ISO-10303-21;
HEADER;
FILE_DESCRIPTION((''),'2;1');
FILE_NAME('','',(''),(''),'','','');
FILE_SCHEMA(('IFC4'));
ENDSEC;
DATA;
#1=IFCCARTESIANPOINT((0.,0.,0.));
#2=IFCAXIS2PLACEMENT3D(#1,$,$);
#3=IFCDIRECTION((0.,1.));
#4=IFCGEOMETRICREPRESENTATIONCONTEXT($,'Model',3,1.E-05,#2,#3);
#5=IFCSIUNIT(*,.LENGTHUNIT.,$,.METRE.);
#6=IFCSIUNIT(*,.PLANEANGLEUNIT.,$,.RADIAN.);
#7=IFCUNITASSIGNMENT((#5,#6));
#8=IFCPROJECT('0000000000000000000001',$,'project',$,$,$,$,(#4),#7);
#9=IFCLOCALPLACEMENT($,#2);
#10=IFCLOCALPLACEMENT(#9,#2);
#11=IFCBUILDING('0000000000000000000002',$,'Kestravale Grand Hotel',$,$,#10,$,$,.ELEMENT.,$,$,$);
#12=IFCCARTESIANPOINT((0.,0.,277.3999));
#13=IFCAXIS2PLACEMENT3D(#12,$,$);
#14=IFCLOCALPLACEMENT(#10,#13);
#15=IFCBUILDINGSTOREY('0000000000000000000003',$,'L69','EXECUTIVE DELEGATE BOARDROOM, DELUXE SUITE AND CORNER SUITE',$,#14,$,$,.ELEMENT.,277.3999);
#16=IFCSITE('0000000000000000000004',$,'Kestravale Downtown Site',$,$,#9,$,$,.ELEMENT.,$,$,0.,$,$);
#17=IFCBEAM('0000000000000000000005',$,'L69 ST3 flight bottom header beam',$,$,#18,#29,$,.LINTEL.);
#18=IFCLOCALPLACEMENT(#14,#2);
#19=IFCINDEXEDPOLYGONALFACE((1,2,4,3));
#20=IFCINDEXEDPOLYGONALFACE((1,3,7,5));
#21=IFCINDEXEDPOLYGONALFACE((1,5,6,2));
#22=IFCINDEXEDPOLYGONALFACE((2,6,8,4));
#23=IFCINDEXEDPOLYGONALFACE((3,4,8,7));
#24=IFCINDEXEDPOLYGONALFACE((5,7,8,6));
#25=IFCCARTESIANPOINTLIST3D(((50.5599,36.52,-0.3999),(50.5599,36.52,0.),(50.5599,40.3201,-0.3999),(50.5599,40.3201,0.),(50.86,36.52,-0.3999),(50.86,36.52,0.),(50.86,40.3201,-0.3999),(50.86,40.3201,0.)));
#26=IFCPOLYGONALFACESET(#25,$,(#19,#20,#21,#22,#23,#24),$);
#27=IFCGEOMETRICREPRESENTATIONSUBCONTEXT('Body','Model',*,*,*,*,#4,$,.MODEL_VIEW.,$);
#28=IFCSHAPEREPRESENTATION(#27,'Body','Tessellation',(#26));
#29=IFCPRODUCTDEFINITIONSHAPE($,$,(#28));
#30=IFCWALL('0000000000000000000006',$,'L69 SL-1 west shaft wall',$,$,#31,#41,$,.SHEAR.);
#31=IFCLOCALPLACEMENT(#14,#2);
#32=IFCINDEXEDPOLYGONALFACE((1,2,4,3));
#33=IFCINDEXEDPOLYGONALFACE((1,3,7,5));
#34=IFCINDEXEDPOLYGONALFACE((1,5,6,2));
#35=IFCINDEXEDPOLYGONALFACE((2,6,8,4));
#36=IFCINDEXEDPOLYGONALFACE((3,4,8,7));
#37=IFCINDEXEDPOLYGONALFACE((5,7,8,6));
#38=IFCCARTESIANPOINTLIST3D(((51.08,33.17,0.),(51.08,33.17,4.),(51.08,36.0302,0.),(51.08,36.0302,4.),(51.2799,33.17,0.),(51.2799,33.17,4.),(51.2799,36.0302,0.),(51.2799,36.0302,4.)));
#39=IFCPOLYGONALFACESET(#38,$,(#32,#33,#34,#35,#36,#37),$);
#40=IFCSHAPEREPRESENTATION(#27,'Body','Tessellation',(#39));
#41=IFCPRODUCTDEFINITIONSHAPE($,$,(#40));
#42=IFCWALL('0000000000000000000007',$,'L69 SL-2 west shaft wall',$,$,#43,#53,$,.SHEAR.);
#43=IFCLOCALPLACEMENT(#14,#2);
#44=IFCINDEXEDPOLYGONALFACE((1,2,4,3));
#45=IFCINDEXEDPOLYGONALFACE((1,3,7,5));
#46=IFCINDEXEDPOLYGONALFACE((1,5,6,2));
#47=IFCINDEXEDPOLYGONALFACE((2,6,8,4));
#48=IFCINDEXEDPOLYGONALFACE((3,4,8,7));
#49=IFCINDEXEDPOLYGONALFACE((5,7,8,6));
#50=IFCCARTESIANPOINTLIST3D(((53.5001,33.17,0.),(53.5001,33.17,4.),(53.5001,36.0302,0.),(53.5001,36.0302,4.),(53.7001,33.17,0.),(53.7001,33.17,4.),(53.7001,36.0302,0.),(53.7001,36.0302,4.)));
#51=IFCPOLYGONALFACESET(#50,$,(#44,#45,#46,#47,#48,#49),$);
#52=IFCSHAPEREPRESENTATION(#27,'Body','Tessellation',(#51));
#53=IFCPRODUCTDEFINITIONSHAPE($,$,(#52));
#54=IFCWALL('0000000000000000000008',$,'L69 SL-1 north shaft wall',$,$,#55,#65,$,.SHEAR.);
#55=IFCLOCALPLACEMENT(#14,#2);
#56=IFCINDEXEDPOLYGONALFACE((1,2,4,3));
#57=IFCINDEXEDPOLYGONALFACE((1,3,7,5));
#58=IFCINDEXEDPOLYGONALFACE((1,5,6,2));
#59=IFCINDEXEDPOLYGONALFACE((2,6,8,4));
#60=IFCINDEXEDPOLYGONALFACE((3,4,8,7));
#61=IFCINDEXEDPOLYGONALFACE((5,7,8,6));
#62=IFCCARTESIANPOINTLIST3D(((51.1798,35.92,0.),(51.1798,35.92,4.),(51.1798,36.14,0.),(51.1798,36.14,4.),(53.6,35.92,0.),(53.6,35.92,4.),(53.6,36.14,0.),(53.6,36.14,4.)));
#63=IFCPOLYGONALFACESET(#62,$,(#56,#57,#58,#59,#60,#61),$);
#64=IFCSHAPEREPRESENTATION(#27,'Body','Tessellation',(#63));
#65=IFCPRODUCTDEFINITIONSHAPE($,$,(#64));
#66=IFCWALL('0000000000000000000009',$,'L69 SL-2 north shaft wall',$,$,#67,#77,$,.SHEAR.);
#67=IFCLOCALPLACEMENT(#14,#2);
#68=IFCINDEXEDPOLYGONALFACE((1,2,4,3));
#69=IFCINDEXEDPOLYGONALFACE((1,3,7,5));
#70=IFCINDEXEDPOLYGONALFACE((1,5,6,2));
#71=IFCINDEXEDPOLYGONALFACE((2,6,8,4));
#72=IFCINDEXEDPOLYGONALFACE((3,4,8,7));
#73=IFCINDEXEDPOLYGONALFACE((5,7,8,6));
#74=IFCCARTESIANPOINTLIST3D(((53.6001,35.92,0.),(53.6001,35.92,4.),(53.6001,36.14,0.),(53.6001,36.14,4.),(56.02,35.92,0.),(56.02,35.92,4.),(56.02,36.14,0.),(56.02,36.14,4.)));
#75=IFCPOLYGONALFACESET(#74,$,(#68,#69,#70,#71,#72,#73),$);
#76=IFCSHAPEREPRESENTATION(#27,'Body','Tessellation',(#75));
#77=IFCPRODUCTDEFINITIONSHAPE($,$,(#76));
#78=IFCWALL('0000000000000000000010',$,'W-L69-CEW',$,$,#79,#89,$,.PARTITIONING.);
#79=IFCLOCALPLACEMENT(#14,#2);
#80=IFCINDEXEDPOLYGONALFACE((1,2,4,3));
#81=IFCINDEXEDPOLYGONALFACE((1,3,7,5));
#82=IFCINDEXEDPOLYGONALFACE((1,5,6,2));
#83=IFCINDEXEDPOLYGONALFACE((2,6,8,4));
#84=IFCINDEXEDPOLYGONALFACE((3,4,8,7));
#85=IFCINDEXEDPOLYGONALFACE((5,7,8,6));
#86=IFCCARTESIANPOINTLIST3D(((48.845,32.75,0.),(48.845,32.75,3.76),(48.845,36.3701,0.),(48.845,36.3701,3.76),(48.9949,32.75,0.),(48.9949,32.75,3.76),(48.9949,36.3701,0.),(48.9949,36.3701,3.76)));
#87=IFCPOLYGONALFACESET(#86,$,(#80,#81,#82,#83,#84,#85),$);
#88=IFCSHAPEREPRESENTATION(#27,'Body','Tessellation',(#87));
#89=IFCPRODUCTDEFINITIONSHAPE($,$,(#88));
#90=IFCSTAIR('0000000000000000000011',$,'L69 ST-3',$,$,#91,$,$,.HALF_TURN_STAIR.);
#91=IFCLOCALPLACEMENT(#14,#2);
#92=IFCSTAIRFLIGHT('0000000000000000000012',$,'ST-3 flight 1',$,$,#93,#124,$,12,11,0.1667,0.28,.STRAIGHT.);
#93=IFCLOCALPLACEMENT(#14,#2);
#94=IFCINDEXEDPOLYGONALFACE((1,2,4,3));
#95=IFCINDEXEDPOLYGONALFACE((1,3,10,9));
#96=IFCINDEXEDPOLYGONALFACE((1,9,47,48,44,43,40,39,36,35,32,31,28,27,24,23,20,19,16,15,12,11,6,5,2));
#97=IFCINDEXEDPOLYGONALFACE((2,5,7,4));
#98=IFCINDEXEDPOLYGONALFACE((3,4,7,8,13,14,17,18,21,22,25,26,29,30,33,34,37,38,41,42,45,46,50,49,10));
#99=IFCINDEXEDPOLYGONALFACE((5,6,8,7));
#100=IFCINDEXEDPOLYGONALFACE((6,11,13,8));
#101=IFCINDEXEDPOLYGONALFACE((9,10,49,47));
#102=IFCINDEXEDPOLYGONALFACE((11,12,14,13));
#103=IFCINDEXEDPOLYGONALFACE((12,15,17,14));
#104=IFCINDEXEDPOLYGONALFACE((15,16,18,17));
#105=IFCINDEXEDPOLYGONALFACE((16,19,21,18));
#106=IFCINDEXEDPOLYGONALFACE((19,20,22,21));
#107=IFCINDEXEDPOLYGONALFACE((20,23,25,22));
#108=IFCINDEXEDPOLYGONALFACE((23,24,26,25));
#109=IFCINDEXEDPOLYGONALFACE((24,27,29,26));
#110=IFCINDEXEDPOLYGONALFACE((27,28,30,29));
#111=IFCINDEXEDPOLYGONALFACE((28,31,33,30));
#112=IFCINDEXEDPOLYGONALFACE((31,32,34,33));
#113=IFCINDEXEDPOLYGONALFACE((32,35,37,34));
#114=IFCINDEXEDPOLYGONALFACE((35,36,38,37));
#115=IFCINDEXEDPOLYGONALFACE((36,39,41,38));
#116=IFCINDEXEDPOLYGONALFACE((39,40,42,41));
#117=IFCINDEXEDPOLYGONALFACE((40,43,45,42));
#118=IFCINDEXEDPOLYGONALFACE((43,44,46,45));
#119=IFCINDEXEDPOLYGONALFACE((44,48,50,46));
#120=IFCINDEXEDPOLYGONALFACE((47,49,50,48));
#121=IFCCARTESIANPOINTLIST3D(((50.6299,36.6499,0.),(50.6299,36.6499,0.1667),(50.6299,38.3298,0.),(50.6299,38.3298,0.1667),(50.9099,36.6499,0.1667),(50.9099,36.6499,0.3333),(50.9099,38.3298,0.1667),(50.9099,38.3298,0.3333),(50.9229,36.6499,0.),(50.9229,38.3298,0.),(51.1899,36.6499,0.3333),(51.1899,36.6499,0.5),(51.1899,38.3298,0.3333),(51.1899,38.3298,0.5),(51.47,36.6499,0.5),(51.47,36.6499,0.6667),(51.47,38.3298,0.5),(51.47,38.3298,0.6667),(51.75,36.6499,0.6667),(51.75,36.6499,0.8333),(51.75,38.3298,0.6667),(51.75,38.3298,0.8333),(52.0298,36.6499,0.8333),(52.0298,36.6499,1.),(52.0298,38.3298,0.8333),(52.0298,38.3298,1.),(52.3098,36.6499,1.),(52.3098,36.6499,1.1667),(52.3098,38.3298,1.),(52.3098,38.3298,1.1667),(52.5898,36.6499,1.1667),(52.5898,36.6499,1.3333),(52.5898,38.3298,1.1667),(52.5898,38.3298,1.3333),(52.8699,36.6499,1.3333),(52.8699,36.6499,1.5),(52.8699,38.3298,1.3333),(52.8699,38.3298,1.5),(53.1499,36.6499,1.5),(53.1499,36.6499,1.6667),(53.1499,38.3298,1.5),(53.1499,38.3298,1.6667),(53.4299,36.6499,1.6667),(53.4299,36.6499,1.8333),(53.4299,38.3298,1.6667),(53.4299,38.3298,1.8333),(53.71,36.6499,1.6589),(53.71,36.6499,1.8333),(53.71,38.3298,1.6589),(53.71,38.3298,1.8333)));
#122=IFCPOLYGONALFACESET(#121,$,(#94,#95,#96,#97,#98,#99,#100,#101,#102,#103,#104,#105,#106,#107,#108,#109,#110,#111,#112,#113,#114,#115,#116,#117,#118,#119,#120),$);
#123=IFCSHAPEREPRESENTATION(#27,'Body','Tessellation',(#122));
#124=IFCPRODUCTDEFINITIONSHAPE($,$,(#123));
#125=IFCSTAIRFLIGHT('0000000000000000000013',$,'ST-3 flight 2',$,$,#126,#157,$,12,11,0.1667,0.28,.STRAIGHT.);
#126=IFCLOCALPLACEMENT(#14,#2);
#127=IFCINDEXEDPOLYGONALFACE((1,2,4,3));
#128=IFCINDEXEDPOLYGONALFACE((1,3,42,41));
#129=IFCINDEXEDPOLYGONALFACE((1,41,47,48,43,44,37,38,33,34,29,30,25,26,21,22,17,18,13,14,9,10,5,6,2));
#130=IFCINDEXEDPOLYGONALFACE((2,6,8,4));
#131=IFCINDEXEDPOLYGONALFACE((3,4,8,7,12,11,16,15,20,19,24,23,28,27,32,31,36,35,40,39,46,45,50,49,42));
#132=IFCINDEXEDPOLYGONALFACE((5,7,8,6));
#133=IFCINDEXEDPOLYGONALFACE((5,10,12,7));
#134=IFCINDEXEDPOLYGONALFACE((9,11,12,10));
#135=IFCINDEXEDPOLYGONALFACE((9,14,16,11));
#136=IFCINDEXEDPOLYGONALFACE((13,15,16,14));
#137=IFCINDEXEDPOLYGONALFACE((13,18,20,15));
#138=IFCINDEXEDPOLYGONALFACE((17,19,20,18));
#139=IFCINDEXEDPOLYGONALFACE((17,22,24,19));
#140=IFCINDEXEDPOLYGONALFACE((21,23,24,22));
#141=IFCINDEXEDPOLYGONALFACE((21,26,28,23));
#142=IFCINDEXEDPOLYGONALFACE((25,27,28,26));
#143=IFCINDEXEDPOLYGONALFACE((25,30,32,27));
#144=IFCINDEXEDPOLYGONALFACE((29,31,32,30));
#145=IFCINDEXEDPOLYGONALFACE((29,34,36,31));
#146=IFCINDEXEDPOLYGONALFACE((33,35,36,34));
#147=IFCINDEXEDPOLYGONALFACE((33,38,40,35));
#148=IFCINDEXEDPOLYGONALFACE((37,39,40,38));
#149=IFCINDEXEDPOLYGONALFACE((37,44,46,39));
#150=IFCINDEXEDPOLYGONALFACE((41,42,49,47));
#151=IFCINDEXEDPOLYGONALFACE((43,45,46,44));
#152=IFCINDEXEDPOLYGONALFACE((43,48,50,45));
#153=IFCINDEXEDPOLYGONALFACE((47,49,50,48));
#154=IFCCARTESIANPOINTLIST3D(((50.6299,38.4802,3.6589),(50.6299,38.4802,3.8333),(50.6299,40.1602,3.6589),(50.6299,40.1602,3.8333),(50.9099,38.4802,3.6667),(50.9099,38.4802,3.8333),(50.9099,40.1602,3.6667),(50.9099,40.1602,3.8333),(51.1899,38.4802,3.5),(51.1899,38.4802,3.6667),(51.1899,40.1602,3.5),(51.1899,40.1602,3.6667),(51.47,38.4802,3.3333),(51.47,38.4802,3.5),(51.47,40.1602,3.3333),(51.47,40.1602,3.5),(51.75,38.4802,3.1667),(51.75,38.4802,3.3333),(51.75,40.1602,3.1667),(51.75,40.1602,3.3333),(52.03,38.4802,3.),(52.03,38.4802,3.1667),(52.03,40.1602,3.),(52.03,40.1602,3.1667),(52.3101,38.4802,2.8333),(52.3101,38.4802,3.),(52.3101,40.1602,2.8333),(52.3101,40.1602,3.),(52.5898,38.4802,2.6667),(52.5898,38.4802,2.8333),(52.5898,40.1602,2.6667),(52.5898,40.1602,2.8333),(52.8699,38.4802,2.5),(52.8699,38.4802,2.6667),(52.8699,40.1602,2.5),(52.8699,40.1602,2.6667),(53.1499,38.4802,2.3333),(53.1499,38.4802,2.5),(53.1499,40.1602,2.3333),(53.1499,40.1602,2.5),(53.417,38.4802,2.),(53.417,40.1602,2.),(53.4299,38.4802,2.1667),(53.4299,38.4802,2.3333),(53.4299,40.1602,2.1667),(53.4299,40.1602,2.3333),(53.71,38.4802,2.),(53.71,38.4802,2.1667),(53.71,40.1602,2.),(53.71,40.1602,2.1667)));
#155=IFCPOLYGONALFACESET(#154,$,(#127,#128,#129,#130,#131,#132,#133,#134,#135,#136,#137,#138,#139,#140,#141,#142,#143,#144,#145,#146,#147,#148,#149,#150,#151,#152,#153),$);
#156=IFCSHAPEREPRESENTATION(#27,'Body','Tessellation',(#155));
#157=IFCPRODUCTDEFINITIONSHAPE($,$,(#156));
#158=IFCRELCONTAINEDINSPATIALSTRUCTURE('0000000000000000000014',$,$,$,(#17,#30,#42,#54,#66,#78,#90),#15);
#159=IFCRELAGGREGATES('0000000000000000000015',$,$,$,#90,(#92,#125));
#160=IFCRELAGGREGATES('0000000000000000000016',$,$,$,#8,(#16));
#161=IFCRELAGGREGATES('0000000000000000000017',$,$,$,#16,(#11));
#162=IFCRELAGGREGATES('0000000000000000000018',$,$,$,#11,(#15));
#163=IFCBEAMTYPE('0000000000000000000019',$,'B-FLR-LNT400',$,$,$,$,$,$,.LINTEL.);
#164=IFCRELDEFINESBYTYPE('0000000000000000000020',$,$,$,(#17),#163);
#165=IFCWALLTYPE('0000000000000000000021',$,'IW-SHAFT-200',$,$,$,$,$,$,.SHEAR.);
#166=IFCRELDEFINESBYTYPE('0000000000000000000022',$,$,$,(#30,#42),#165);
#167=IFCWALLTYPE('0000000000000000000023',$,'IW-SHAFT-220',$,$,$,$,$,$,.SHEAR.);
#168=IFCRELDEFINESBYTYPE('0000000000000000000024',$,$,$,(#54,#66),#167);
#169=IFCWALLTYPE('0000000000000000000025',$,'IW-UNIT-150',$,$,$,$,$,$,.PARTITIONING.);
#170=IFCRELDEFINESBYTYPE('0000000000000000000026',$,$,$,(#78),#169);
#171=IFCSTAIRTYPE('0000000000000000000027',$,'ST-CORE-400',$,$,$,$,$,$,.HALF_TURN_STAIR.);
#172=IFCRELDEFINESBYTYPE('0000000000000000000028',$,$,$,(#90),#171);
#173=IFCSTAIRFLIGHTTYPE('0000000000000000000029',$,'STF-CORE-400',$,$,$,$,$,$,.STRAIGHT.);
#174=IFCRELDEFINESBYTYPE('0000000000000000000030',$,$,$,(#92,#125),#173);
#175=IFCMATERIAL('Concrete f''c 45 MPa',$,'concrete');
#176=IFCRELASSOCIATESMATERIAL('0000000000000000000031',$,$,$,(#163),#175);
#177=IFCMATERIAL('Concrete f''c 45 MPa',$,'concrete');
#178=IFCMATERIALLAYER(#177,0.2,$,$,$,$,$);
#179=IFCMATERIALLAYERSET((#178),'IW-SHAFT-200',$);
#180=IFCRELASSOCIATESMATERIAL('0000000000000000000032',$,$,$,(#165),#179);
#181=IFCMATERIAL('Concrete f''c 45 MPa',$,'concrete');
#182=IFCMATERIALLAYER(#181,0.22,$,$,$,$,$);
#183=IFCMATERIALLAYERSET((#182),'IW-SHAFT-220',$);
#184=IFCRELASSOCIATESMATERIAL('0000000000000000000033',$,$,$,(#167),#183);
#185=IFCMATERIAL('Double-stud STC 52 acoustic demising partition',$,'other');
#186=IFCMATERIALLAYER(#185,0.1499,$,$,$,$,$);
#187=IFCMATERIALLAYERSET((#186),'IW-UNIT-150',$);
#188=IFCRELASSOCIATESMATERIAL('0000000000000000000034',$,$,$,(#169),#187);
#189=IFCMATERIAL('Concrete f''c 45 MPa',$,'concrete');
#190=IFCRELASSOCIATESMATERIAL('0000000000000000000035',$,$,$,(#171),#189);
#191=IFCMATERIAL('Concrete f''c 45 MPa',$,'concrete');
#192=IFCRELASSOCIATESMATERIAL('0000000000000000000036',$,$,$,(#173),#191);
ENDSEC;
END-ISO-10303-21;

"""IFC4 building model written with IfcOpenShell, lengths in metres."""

from ifc_helpers import new_model, si_unit, direction, frame, frame_2d, origin, origin_2d, place, context, subcontext, project, spatial, polyline, rectangle, outline, extrude, material, layer, layer_set, material_profile, profile_set, type_object, element, aggregate, save


model = new_model("IFC4")

# Units and contexts
model_context = context("Model", 3, precision=1e-05, world=origin(), true_north=direction((0.0, 1.0)))
body_context = subcontext(model_context, "Body", "Model", "MODEL_VIEW")
ifc_project = project(units=[si_unit("LENGTHUNIT", "METRE"), si_unit("PLANEANGLEUNIT", "RADIAN")], contexts=[model_context])

# Site, building, storey
site_placement = place(None, origin())
site = spatial("IfcSite", under=ifc_project, at=site_placement, Name="Kestravale Downtown Site", CompositionType="ELEMENT", RefElevation=0.0)
building_placement = place(site_placement, origin())
building = spatial("IfcBuilding", under=site, at=building_placement, Name="Kestravale Grand Hotel", CompositionType="ELEMENT")
storey_placement = place(building_placement, frame((0.0, 0.0, 277.3999)))
storey = spatial("IfcBuildingStorey", under=building, at=storey_placement, Name="L69", Description="EXECUTIVE DELEGATE BOARDROOM, DELUXE SUITE AND CORNER SUITE", CompositionType="ELEMENT", Elevation=277.3999)

# Beam
ifc_material_1 = material(Name="Concrete f'c 45 MPa", Category="concrete")
ifc_material_profile = material_profile(ifc_material_1, rectangle(XDim=0.3, YDim=0.3999, at=origin_2d()))
ifc_profile_set = profile_set([ifc_material_profile], Name="Concrete f'c 45 MPa")
beam_type = type_object("IfcBeamType", Name="B-FLR-LNT400", PredefinedType="LINTEL", material=ifc_profile_set)
beam_placement = place(storey_placement, frame((50.71, 36.52, -0.2), z_axis=(0.0, 1.0, 0.0), x_axis=(-1.0, 0.0, 0.0)))
element("IfcBeam", 1, at=beam_placement, inside=storey, type_object=beam_type, Name="L69 ST3 flight bottom header beam", PredefinedType="LINTEL", context=body_context, shape_type="SweptSolid", body=[
    extrude(rectangle(XDim=0.3, YDim=0.3999, at=origin_2d()), origin(), (0.0, 0.0, 1.0), 3.8),
])

# Walls
ifc_material_2 = material(Name="Concrete f'c 45 MPa", Category="concrete")
ifc_layer_1 = layer(ifc_material_2, 0.2)
ifc_layer_set_1 = layer_set([ifc_layer_1], Name="IW-SHAFT-200")
wall_type_1 = type_object("IfcWallType", Name="IW-SHAFT-200", PredefinedType="SHEAR", material=ifc_layer_set_1)
for number, where, z_axis, x_axis, name in (
    (2, (51.1799, 33.1699, 0.0), (0.0, 0.0, 1.0), (0.0, 1.0, 0.0), "L69 SL-1 west shaft wall"),
    (3, (53.6001, 33.1699, 0.0), (0.0, 0.0, 1.0), (0.0, 1.0, 0.0), "L69 SL-2 west shaft wall"),
):
    element("IfcWall", number, at=place(storey_placement, frame(where, z_axis=z_axis, x_axis=x_axis)), inside=storey, type_object=wall_type_1, Name=name, PredefinedType="SHEAR", context=body_context, shape_type="SweptSolid", body=[
        extrude(rectangle(XDim=2.8601, YDim=0.2, at=frame_2d((1.4302, 0.0))), origin(), (0.0, 0.0, 1.0), 4.0),
    ])
ifc_material_3 = material(Name="Concrete f'c 45 MPa", Category="concrete")
ifc_layer_2 = layer(ifc_material_3, 0.22)
ifc_layer_set_2 = layer_set([ifc_layer_2], Name="IW-SHAFT-220")
wall_type_2 = type_object("IfcWallType", Name="IW-SHAFT-220", PredefinedType="SHEAR", material=ifc_layer_set_2)
wall_1_placement = place(storey_placement, frame((51.1799, 36.03, 0.0), z_axis=(0.0, 0.0, 1.0), x_axis=(1.0, 0.0, 0.0)))
element("IfcWall", 4, at=wall_1_placement, inside=storey, type_object=wall_type_2, Name="L69 SL-1 north shaft wall", PredefinedType="SHEAR", context=body_context, shape_type="SweptSolid", body=[
    extrude(rectangle(XDim=2.4202, YDim=0.22, at=frame_2d((1.21, 0.0))), origin(), (0.0, 0.0, 1.0), 4.0),
])

# Wall
wall_2_placement = place(storey_placement, frame((53.6001, 36.03, 0.0), z_axis=(0.0, 0.0, 1.0), x_axis=(1.0, 0.0, 0.0)))
element("IfcWall", 5, at=wall_2_placement, inside=storey, type_object=wall_type_2, Name="L69 SL-2 north shaft wall", PredefinedType="SHEAR", context=body_context, shape_type="SweptSolid", body=[
    extrude(rectangle(XDim=2.4199, YDim=0.22, at=frame_2d((1.21, 0.0))), origin(), (0.0, 0.0, 1.0), 4.0),
])

# Wall
ifc_material_4 = material(Name="Double-stud STC 52 acoustic demising partition", Category="other")
ifc_layer_3 = layer(ifc_material_4, 0.1499)
ifc_layer_set_3 = layer_set([ifc_layer_3], Name="IW-UNIT-150")
wall_type_3 = type_object("IfcWallType", Name="IW-UNIT-150", PredefinedType="PARTITIONING", material=ifc_layer_set_3)
wall_3_placement = place(storey_placement, frame((48.9199, 32.75, 0.0), z_axis=(0.0, 0.0, 1.0), x_axis=(0.0, 1.0, 0.0)))
element("IfcWall", 6, at=wall_3_placement, inside=storey, type_object=wall_type_3, Name="W-L69-CEW", PredefinedType="PARTITIONING", context=body_context, shape_type="SweptSolid", body=[
    extrude(rectangle(XDim=3.6201, YDim=0.1499, at=frame_2d((1.8101, 0.0))), origin(), (0.0, 0.0, 1.0), 3.76),
])

# Stair, stair flights
ifc_material_5 = material(Name="Concrete f'c 45 MPa", Category="concrete")
stair_type = type_object("IfcStairType", Name="ST-CORE-400", PredefinedType="HALF_TURN_STAIR", material=ifc_material_5)
stair_placement = place(storey_placement, origin())
stair = element("IfcStair", 7, at=stair_placement, inside=storey, type_object=stair_type, Name="L69 ST-3", PredefinedType="HALF_TURN_STAIR")
ifc_material_6 = material(Name="Concrete f'c 45 MPa", Category="concrete")
stair_flight_type = type_object("IfcStairFlightType", Name="STF-CORE-400", PredefinedType="STRAIGHT", material=ifc_material_6)
stair_flight_1_placement = place(storey_placement, frame((50.6299, 37.49, 0.0), z_axis=(0.0, 0.0, 1.0), x_axis=(1.0, 0.0, 0.0)))
stair_flight_1 = element("IfcStairFlight", 8, at=stair_flight_1_placement, type_object=stair_flight_type, Name="ST-3 flight 1", NumberOfRisers=12, NumberOfTreads=11, PredefinedType="STRAIGHT", RiserHeight=0.1667, TreadLength=0.28, context=body_context, shape_type="SweptSolid", body=[
    extrude(outline(polyline([(0.0, 0.0), (0.0, 0.1667), (0.28, 0.1667), (0.28, 0.3333), (0.5601, 0.3333), (0.5601, 0.5), (0.8401, 0.5), (0.8401, 0.6667), (1.1201, 0.6667), (1.1201, 0.8333), (1.3999, 0.8333), (1.3999, 1.0), (1.6799, 1.0), (1.6799, 1.1667), (1.96, 1.1667), (1.96, 1.3333), (2.24, 1.3333), (2.24, 1.5), (2.52, 1.5), (2.52, 1.6667), (2.8, 1.6667), (2.8, 1.8333), (3.0801, 1.8333), (3.0801, 2.0), (3.0801, 1.6589), (0.293, 0.0), (0.0, 0.0)])), frame((0.0, 0.8398, 0.0), z_axis=(0.0, -1.0, 0.0), x_axis=(1.0, 0.0, 0.0)), (0.0, 0.0, 1.0), 1.6799),
])
stair_flight_2_placement = place(storey_placement, frame((53.71, 39.3201, 2.0), z_axis=(0.0, 0.0, 1.0), x_axis=(-1.0, 0.0, 0.0)))
stair_flight_2 = element("IfcStairFlight", 9, at=stair_flight_2_placement, type_object=stair_flight_type, Name="ST-3 flight 2", NumberOfRisers=12, NumberOfTreads=11, PredefinedType="STRAIGHT", RiserHeight=0.1667, TreadLength=0.28, context=body_context, shape_type="SweptSolid", body=[
    extrude(outline(polyline([(0.0, 0.0), (0.0, 0.1667), (0.28, 0.1667), (0.28, 0.3333), (0.5601, 0.3333), (0.5601, 0.5), (0.8401, 0.5), (0.8401, 0.6667), (1.1201, 0.6667), (1.1201, 0.8333), (1.3999, 0.8333), (1.3999, 1.0), (1.6799, 1.0), (1.6799, 1.1667), (1.96, 1.1667), (1.96, 1.3333), (2.24, 1.3333), (2.24, 1.5), (2.52, 1.5), (2.52, 1.6667), (2.8, 1.6667), (2.8, 1.8333), (3.0801, 1.8333), (3.0801, 2.0), (3.0801, 1.6589), (0.293, 0.0), (0.0, 0.0)])), frame((0.0, 0.8398, 0.0), z_axis=(0.0, -1.0, 0.0), x_axis=(1.0, 0.0, 0.0)), (0.0, 0.0, 1.0), 1.6799),
])
aggregate(stair, [stair_flight_1, stair_flight_2])

save(model, "model.ifc")
